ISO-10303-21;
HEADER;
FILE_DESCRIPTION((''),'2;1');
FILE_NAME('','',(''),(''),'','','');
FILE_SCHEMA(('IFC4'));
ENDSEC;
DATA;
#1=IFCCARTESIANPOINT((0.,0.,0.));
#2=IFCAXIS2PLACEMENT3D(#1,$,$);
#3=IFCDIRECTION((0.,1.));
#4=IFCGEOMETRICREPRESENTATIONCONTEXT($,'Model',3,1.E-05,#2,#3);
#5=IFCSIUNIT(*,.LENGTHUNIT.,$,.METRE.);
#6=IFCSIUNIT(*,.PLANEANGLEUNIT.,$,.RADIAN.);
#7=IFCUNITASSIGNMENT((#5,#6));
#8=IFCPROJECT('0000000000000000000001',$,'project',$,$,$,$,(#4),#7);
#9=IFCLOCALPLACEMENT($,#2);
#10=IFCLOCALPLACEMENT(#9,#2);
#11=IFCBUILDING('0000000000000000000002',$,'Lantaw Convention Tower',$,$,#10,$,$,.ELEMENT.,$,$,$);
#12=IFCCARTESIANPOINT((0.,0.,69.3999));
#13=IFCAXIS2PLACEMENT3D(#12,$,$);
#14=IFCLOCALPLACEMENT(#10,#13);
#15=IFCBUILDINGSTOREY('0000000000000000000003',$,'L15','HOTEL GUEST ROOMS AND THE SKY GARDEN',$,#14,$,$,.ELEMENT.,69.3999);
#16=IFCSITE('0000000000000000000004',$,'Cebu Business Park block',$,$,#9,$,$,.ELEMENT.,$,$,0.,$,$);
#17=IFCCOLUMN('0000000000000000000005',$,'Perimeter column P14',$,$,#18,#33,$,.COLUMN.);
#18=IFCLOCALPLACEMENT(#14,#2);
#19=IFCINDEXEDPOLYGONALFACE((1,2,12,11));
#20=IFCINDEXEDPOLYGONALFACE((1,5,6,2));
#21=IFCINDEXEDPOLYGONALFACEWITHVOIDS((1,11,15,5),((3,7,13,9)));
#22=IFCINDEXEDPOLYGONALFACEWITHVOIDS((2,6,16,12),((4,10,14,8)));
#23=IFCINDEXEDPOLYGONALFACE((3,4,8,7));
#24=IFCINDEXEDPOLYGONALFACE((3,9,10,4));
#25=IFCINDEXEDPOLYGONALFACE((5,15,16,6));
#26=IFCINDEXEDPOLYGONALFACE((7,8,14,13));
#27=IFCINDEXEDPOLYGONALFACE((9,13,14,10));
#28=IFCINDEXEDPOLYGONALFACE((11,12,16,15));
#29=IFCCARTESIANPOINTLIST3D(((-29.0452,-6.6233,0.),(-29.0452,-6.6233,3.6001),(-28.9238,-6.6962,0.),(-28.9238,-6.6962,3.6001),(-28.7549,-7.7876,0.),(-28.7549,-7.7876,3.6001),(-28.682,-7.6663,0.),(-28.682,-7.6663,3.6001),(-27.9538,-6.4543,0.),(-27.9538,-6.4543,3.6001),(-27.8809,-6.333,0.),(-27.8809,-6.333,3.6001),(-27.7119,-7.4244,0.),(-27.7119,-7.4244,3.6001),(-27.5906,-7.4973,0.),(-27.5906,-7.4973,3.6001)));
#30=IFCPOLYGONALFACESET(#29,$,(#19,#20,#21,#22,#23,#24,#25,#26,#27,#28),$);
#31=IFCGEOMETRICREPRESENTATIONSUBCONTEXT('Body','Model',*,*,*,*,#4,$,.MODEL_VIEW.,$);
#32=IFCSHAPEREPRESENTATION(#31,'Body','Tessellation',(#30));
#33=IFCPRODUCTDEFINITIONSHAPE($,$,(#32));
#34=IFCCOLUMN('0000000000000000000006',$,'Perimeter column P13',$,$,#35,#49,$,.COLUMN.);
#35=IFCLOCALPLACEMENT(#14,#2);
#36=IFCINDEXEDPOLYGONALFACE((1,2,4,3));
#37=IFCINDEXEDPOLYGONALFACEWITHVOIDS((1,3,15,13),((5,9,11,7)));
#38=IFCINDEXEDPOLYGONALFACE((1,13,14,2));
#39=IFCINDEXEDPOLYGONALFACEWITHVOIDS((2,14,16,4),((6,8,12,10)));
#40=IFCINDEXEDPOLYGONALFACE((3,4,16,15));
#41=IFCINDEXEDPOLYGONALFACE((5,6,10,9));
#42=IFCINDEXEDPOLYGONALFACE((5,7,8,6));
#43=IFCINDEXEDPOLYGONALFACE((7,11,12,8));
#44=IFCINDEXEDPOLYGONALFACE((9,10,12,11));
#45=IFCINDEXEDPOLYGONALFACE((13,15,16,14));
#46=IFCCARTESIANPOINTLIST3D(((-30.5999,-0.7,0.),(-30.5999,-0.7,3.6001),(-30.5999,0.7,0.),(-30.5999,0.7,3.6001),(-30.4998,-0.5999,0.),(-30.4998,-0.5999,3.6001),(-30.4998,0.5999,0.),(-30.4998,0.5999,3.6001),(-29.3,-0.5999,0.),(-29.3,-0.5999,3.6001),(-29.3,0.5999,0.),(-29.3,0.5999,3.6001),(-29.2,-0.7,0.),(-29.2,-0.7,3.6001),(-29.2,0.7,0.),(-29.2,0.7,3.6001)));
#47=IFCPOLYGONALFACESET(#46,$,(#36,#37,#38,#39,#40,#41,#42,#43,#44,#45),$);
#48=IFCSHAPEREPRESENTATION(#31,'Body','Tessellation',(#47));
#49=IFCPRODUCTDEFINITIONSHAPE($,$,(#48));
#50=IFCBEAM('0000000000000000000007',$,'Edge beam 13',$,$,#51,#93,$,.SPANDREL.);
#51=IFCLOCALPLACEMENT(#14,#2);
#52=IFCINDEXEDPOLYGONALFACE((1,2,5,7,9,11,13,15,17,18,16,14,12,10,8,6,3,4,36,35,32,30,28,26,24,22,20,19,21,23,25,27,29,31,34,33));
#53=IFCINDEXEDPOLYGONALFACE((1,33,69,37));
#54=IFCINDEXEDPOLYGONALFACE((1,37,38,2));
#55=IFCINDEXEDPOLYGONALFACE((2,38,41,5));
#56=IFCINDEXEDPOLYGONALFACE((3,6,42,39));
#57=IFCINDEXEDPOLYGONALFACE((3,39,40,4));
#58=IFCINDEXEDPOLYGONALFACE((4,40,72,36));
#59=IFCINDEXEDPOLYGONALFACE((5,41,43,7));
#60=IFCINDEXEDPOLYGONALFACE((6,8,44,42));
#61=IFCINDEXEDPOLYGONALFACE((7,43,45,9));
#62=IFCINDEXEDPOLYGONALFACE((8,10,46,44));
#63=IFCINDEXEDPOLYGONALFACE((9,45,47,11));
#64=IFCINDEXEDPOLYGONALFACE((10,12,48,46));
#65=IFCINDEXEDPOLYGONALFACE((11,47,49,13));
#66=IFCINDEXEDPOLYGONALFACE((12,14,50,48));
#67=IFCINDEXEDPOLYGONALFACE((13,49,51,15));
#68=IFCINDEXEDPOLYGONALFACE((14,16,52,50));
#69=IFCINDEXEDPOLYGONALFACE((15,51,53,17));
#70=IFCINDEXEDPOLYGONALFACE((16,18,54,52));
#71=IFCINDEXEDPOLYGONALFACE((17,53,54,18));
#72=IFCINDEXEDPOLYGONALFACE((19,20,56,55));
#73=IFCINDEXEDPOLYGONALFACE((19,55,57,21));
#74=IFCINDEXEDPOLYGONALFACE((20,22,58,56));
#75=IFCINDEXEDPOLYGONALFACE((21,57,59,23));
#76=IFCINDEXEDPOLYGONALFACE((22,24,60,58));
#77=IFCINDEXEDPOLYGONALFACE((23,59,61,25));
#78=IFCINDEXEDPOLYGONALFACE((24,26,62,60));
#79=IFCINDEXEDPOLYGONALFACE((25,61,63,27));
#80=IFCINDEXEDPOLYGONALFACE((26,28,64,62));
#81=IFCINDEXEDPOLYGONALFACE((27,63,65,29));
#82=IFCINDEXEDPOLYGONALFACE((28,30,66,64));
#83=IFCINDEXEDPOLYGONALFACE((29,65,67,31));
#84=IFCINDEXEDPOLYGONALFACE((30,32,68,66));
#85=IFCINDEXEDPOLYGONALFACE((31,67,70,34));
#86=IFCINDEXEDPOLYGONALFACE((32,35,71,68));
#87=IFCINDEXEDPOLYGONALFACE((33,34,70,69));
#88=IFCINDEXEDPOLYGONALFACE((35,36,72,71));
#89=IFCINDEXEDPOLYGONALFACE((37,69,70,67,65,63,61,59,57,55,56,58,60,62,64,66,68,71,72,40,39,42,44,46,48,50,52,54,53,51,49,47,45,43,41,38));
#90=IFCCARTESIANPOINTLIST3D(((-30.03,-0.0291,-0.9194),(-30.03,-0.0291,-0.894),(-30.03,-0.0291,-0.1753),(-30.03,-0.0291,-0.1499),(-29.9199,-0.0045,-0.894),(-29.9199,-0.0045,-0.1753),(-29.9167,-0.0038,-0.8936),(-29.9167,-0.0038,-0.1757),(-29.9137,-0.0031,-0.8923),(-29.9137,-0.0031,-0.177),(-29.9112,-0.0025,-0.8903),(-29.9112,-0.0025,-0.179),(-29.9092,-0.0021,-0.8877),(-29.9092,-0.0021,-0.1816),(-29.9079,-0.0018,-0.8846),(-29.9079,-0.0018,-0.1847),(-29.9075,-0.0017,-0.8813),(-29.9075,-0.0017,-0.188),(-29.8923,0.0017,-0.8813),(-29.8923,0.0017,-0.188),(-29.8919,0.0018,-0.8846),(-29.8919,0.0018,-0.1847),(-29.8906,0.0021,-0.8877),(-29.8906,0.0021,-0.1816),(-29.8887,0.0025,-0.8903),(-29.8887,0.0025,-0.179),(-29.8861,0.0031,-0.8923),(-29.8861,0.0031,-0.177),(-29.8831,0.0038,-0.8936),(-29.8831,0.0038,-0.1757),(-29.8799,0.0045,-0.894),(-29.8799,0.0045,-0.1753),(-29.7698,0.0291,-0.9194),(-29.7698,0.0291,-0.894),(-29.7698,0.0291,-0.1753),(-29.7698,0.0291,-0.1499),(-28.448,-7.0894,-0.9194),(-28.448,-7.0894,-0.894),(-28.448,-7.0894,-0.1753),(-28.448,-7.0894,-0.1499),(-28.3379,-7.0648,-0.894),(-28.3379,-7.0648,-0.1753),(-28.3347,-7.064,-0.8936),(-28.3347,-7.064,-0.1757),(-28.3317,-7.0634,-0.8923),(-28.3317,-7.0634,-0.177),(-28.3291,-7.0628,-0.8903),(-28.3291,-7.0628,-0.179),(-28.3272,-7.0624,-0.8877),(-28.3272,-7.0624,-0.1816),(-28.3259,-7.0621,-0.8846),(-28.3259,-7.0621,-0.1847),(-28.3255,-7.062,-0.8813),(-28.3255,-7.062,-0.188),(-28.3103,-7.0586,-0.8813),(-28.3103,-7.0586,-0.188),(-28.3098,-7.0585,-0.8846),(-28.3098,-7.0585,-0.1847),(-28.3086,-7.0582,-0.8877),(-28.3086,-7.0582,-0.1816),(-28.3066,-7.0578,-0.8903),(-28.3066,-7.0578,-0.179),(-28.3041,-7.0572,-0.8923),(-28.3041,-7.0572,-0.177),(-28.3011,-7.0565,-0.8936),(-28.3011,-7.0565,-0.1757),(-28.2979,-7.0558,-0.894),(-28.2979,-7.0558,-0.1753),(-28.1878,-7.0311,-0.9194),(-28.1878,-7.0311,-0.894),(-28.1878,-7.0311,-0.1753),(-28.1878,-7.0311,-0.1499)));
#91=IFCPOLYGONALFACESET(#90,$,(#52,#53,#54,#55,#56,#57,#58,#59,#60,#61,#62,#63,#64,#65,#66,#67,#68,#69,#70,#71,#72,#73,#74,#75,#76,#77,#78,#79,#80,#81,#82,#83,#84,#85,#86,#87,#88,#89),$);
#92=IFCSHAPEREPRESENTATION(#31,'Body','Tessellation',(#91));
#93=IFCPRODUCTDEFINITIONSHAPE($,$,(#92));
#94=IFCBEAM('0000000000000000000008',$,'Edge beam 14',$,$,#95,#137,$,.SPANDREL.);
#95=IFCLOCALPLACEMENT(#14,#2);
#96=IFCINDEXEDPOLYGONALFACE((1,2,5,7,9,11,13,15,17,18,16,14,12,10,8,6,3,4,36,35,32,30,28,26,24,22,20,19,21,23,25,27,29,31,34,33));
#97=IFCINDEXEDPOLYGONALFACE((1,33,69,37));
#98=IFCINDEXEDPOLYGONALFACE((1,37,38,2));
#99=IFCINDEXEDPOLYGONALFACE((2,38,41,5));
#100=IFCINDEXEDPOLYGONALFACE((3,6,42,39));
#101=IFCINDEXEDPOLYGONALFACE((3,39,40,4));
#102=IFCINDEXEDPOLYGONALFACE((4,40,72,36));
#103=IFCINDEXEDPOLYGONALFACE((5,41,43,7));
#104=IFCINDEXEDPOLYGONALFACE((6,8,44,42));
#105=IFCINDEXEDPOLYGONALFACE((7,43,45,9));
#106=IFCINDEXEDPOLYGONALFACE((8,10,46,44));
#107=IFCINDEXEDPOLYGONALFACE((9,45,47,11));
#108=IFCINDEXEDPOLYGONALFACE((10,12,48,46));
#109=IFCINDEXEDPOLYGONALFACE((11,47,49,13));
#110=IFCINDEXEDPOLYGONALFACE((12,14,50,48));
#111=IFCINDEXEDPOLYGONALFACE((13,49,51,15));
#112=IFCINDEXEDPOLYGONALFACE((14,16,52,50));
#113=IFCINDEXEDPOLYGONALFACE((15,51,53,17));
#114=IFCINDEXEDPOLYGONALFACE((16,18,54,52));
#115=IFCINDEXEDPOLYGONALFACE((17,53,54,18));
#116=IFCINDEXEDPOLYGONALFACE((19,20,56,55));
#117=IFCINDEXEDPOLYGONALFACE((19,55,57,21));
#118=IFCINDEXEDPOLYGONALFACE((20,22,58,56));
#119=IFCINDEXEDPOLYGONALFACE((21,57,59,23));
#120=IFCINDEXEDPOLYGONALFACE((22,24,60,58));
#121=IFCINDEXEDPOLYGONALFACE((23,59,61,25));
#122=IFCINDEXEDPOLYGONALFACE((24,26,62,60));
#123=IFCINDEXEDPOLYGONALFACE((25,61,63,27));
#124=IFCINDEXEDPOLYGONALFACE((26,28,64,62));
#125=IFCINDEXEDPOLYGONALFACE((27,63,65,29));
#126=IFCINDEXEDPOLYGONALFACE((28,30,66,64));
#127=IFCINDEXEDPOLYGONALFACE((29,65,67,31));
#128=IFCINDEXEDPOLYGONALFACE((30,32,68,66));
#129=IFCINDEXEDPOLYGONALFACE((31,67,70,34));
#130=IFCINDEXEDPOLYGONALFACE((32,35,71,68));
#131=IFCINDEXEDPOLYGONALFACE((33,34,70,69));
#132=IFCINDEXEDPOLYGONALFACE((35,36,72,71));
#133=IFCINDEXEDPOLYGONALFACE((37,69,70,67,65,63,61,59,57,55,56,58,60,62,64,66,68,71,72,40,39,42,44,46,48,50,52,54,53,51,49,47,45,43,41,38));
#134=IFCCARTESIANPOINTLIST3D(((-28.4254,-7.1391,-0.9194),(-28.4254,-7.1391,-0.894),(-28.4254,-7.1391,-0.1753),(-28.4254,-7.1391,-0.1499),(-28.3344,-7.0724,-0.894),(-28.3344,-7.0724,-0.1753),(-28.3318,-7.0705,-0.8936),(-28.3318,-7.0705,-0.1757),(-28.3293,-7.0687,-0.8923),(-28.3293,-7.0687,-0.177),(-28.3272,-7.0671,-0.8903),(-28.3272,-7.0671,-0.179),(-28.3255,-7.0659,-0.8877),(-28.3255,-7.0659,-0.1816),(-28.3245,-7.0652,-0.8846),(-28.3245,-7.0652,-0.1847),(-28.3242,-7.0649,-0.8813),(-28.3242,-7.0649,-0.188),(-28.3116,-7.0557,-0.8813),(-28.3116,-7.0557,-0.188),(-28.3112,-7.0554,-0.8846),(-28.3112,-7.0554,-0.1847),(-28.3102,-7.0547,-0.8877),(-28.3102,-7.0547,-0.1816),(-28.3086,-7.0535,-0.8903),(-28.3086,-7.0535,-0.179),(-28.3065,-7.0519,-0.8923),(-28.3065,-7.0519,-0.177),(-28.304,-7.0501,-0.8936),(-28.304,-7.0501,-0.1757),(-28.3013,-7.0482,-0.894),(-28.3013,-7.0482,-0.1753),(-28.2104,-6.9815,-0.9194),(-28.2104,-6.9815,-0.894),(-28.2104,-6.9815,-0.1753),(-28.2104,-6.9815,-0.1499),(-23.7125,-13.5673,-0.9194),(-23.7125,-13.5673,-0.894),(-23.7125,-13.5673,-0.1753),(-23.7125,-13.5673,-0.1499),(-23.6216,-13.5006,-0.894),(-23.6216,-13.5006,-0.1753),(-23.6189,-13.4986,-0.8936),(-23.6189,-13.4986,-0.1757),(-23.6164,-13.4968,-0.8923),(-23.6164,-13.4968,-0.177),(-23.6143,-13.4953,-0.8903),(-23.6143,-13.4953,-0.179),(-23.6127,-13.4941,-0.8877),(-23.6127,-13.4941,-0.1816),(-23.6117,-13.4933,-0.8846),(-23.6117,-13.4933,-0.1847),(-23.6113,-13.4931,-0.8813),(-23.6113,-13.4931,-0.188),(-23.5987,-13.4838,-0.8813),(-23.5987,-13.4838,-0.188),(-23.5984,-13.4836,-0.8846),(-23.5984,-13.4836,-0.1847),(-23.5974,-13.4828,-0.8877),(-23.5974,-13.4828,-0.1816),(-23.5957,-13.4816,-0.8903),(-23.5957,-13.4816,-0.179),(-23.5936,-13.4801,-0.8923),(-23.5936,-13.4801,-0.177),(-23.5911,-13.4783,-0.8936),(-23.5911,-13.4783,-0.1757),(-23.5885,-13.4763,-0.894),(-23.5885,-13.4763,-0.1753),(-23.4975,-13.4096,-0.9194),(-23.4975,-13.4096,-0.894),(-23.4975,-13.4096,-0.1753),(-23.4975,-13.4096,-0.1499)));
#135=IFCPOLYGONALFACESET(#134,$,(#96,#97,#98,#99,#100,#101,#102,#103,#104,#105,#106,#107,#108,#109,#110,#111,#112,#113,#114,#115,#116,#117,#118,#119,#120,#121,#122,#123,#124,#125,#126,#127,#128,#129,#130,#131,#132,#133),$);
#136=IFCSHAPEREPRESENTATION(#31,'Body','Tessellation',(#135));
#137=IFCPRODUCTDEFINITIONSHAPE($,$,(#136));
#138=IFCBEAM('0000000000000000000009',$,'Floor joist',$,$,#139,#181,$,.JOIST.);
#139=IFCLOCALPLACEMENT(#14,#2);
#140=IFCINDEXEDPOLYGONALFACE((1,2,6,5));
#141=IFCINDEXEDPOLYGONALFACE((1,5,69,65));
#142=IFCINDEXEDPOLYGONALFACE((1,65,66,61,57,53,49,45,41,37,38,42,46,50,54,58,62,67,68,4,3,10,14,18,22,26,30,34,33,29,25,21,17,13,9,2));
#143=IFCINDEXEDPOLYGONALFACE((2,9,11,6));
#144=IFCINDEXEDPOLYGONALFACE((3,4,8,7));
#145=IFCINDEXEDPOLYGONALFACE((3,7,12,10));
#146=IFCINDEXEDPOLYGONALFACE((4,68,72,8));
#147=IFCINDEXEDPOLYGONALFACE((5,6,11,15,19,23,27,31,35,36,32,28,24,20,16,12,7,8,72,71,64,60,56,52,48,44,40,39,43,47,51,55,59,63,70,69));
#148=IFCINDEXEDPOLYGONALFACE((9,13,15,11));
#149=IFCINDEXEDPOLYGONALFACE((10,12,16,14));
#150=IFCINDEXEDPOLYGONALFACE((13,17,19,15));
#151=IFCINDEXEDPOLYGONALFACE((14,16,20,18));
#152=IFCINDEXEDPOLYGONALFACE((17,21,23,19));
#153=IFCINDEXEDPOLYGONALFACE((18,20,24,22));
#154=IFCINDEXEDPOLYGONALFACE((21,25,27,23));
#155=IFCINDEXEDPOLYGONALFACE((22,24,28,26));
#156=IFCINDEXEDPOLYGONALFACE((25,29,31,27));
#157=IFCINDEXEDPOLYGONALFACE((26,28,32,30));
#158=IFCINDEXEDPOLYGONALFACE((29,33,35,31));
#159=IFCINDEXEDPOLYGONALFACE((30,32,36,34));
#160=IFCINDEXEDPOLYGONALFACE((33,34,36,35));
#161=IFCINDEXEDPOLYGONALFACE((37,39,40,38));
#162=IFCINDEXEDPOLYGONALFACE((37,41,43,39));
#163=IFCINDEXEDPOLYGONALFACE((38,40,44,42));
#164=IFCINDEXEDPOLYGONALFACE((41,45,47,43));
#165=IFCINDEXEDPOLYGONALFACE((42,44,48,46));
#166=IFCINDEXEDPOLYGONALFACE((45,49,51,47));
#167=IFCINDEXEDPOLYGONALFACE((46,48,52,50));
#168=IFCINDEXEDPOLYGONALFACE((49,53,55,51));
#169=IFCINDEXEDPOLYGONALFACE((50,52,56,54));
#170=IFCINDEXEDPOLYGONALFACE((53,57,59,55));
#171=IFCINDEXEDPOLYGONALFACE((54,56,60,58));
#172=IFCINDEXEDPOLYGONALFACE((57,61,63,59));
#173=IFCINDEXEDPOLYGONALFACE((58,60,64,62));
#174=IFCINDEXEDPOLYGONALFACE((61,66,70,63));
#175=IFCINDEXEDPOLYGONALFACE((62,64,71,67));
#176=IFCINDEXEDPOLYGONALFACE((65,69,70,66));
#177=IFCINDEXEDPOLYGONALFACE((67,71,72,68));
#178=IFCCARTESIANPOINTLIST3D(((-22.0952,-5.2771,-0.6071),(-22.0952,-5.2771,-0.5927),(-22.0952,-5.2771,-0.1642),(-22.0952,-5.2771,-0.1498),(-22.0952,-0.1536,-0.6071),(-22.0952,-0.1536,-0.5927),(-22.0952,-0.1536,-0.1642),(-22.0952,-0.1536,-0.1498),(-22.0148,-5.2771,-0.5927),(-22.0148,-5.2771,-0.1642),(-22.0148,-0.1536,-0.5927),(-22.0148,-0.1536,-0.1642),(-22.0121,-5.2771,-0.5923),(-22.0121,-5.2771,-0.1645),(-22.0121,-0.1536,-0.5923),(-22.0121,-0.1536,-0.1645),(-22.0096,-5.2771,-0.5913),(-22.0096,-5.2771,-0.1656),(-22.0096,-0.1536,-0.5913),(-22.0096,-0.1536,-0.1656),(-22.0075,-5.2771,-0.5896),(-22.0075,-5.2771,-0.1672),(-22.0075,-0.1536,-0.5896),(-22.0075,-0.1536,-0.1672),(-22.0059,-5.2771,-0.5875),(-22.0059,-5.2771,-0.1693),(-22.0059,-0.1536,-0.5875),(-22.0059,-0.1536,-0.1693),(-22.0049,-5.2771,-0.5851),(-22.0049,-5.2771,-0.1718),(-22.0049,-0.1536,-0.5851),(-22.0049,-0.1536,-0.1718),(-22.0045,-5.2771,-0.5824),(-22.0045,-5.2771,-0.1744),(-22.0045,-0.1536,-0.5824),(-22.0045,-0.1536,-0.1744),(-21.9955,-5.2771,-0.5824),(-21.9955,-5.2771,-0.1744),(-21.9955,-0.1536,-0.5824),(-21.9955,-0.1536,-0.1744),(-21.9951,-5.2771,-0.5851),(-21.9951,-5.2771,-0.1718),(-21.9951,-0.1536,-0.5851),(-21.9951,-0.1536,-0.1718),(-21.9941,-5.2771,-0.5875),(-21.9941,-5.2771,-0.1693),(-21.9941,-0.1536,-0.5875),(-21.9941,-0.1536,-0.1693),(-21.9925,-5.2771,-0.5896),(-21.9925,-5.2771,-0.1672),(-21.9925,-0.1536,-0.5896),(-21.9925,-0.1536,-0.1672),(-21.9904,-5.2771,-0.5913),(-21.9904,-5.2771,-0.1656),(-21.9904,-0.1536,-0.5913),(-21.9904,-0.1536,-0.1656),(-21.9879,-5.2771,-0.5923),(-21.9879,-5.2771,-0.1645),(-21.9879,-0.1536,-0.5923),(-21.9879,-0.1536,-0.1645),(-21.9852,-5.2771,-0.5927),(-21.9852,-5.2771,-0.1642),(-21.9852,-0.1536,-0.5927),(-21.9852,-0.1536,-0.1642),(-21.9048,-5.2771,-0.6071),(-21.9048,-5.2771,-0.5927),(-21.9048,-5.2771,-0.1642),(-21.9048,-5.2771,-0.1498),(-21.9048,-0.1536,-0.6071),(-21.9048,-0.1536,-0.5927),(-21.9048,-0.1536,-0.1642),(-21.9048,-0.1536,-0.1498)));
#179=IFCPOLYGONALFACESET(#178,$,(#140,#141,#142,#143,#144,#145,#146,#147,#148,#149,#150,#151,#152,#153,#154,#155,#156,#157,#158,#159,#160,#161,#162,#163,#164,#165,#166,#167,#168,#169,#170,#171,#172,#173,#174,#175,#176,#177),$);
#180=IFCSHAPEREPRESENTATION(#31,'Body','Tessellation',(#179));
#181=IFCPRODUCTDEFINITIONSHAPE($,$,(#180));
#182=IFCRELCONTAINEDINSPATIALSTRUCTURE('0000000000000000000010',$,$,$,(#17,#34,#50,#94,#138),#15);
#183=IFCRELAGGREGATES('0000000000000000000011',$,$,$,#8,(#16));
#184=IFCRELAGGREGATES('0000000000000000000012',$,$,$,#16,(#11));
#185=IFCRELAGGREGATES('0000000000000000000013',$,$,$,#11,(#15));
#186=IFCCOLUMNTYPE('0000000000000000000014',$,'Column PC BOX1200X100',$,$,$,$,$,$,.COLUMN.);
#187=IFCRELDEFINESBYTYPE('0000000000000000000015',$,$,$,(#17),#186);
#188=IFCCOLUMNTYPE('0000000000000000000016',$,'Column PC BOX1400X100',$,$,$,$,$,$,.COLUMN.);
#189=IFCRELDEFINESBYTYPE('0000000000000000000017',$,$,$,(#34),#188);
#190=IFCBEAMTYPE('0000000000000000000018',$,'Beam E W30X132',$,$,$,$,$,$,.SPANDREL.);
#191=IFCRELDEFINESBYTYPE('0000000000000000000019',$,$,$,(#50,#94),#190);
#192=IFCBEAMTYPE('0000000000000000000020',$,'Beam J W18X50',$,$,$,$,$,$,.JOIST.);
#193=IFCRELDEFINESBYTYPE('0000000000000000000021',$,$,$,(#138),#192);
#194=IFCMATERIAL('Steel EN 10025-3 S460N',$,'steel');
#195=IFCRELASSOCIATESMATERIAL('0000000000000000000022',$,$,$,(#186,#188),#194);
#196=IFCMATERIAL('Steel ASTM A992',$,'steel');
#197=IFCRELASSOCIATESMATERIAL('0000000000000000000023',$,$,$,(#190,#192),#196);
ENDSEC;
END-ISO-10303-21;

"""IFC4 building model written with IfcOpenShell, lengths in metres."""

from ifc_helpers import new_model, si_unit, direction, frame, origin, origin_2d, place, context, subcontext, project, spatial, rectangle, hollow_rectangle, i_section, extrude, material, material_profile, profile_set, type_object, element, save


model = new_model("IFC4")

# Units and contexts
model_context = context("Model", 3, precision=1e-05, world=origin(), true_north=direction((0.0, 1.0)))
body_context = subcontext(model_context, "Body", "Model", "MODEL_VIEW")
ifc_project = project(units=[si_unit("LENGTHUNIT", "METRE"), si_unit("PLANEANGLEUNIT", "RADIAN")], contexts=[model_context])

# Site, building, storey
site_placement = place(None, origin())
site = spatial("IfcSite", under=ifc_project, at=site_placement, Name="Cebu Business Park block", CompositionType="ELEMENT", RefElevation=0.0)
building_placement = place(site_placement, origin())
building = spatial("IfcBuilding", under=site, at=building_placement, Name="Lantaw Convention Tower", CompositionType="ELEMENT")
storey_placement = place(building_placement, frame((0.0, 0.0, 69.3999)))
storey = spatial("IfcBuildingStorey", under=building, at=storey_placement, Name="L15", Description="HOTEL GUEST ROOMS AND THE SKY GARDEN", CompositionType="ELEMENT", Elevation=69.3999)

# Columns
ifc_material_1 = material(Name="Steel EN 10025-3 S460N", Category="steel")
ifc_material_profile_1 = material_profile(ifc_material_1, hollow_rectangle(XDim=1.2, YDim=1.2, WallThickness=0.1001, at=origin_2d()), Name="BOX1200X100")
ifc_material_2 = material(Name="Concrete C60/75", Category="concrete")
ifc_material_profile_2 = material_profile(ifc_material_2, rectangle(XDim=1.0, YDim=1.0, at=origin_2d()), Name="Concrete fill of BOX1200X100")
ifc_profile_set_1 = profile_set([ifc_material_profile_1, ifc_material_profile_2], Name="Steel EN 10025-3 S460N")
column_type_1 = type_object("IfcColumnType", Name="Column PC BOX1200X100", PredefinedType="COLUMN", material=ifc_profile_set_1)
column_1_placement = place(storey_placement, frame((-28.3179, -7.0603, 0.0), z_axis=(0.0, 0.0, 1.0), x_axis=(0.970296, 0.241922, 0.0)))
element("IfcColumn", 1, at=column_1_placement, inside=storey, type_object=column_type_1, Name="Perimeter column P14", PredefinedType="COLUMN", context=body_context, shape_type="SweptSolid", body=[
    extrude(hollow_rectangle(XDim=1.2, YDim=1.2, WallThickness=0.1001, at=origin_2d()), origin(), (0.0, 0.0, 1.0), 3.6001),
])
ifc_material_profile_3 = material_profile(ifc_material_1, hollow_rectangle(XDim=1.3999, YDim=1.3999, WallThickness=0.1001, at=origin_2d()), Name="BOX1400X100")
ifc_material_profile_4 = material_profile(ifc_material_2, rectangle(XDim=1.2, YDim=1.2, at=origin_2d()), Name="Concrete fill of BOX1400X100")
ifc_profile_set_2 = profile_set([ifc_material_profile_3, ifc_material_profile_4], Name="Steel EN 10025-3 S460N")
column_type_2 = type_object("IfcColumnType", Name="Column PC BOX1400X100", PredefinedType="COLUMN", material=ifc_profile_set_2)
column_2_placement = place(storey_placement, frame((-29.8999, 0.0, 0.0), z_axis=(0.0, 0.0, 1.0), x_axis=(1.0, 0.0, 0.0)))
element("IfcColumn", 2, at=column_2_placement, inside=storey, type_object=column_type_2, Name="Perimeter column P13", PredefinedType="COLUMN", context=body_context, shape_type="SweptSolid", body=[
    extrude(hollow_rectangle(XDim=1.3999, YDim=1.3999, WallThickness=0.1001, at=origin_2d()), origin(), (0.0, 0.0, 1.0), 3.6001),
])

# Beams
ifc_material_3 = material(Name="Steel ASTM A992", Category="steel")
ifc_material_profile_5 = material_profile(ifc_material_3, i_section(OverallWidth=0.2666, OverallDepth=0.7695, WebThickness=0.0156, FlangeThickness=0.0254, FilletRadius=0.0127, at=origin_2d()), Name="W30X132")
ifc_profile_set_3 = profile_set([ifc_material_profile_5], Name="Steel ASTM A992")
beam_type_1 = type_object("IfcBeamType", Name="Beam E W30X132", PredefinedType="SPANDREL", material=ifc_profile_set_3)
beam_1_placement = place(storey_placement, frame((-29.8999, 0.0, -0.5347), z_axis=(0.218652, -0.975803, 0.0), x_axis=(0.975803, 0.218652, 0.0)))
element("IfcBeam", 3, at=beam_1_placement, inside=storey, type_object=beam_type_1, Name="Edge beam 13", PredefinedType="SPANDREL", context=body_context, shape_type="SweptSolid", body=[
    extrude(i_section(OverallWidth=0.2666, OverallDepth=0.7695, WebThickness=0.0156, FlangeThickness=0.0254, FilletRadius=0.0127, at=origin_2d()), origin(), (0.0, 0.0, 1.0), 7.2354),
])
beam_2_placement = place(storey_placement, frame((-28.3179, -7.0603, -0.5347), z_axis=(0.591271, -0.806473, 0.0), x_axis=(0.806473, 0.591271, 0.0)))
element("IfcBeam", 4, at=beam_2_placement, inside=storey, type_object=beam_type_1, Name="Edge beam 14", PredefinedType="SPANDREL", context=body_context, shape_type="SweptSolid", body=[
    extrude(i_section(OverallWidth=0.2666, OverallDepth=0.7695, WebThickness=0.0156, FlangeThickness=0.0254, FilletRadius=0.0127, at=origin_2d()), origin(), (0.0, 0.0, 1.0), 7.9707),
])
ifc_material_profile_6 = material_profile(ifc_material_3, i_section(OverallWidth=0.1904, OverallDepth=0.4573, WebThickness=0.009, FlangeThickness=0.0144, FilletRadius=0.0103, at=origin_2d()), Name="W18X50")
ifc_profile_set_4 = profile_set([ifc_material_profile_6], Name="Steel ASTM A992")
beam_type_2 = type_object("IfcBeamType", Name="Beam J W18X50", PredefinedType="JOIST", material=ifc_profile_set_4)
beam_3_placement = place(storey_placement, frame((-22.0, -5.2771, -0.3784), z_axis=(0.0, 1.0, 0.0), x_axis=(-1.0, 0.0, 0.0)))
element("IfcBeam", 5, at=beam_3_placement, inside=storey, type_object=beam_type_2, Name="Floor joist", PredefinedType="JOIST", context=body_context, shape_type="SweptSolid", body=[
    extrude(i_section(OverallWidth=0.1904, OverallDepth=0.4573, WebThickness=0.009, FlangeThickness=0.0144, FilletRadius=0.0103, at=origin_2d()), origin(), (0.0, 0.0, 1.0), 5.1235),
])

save(model, "model.ifc")
